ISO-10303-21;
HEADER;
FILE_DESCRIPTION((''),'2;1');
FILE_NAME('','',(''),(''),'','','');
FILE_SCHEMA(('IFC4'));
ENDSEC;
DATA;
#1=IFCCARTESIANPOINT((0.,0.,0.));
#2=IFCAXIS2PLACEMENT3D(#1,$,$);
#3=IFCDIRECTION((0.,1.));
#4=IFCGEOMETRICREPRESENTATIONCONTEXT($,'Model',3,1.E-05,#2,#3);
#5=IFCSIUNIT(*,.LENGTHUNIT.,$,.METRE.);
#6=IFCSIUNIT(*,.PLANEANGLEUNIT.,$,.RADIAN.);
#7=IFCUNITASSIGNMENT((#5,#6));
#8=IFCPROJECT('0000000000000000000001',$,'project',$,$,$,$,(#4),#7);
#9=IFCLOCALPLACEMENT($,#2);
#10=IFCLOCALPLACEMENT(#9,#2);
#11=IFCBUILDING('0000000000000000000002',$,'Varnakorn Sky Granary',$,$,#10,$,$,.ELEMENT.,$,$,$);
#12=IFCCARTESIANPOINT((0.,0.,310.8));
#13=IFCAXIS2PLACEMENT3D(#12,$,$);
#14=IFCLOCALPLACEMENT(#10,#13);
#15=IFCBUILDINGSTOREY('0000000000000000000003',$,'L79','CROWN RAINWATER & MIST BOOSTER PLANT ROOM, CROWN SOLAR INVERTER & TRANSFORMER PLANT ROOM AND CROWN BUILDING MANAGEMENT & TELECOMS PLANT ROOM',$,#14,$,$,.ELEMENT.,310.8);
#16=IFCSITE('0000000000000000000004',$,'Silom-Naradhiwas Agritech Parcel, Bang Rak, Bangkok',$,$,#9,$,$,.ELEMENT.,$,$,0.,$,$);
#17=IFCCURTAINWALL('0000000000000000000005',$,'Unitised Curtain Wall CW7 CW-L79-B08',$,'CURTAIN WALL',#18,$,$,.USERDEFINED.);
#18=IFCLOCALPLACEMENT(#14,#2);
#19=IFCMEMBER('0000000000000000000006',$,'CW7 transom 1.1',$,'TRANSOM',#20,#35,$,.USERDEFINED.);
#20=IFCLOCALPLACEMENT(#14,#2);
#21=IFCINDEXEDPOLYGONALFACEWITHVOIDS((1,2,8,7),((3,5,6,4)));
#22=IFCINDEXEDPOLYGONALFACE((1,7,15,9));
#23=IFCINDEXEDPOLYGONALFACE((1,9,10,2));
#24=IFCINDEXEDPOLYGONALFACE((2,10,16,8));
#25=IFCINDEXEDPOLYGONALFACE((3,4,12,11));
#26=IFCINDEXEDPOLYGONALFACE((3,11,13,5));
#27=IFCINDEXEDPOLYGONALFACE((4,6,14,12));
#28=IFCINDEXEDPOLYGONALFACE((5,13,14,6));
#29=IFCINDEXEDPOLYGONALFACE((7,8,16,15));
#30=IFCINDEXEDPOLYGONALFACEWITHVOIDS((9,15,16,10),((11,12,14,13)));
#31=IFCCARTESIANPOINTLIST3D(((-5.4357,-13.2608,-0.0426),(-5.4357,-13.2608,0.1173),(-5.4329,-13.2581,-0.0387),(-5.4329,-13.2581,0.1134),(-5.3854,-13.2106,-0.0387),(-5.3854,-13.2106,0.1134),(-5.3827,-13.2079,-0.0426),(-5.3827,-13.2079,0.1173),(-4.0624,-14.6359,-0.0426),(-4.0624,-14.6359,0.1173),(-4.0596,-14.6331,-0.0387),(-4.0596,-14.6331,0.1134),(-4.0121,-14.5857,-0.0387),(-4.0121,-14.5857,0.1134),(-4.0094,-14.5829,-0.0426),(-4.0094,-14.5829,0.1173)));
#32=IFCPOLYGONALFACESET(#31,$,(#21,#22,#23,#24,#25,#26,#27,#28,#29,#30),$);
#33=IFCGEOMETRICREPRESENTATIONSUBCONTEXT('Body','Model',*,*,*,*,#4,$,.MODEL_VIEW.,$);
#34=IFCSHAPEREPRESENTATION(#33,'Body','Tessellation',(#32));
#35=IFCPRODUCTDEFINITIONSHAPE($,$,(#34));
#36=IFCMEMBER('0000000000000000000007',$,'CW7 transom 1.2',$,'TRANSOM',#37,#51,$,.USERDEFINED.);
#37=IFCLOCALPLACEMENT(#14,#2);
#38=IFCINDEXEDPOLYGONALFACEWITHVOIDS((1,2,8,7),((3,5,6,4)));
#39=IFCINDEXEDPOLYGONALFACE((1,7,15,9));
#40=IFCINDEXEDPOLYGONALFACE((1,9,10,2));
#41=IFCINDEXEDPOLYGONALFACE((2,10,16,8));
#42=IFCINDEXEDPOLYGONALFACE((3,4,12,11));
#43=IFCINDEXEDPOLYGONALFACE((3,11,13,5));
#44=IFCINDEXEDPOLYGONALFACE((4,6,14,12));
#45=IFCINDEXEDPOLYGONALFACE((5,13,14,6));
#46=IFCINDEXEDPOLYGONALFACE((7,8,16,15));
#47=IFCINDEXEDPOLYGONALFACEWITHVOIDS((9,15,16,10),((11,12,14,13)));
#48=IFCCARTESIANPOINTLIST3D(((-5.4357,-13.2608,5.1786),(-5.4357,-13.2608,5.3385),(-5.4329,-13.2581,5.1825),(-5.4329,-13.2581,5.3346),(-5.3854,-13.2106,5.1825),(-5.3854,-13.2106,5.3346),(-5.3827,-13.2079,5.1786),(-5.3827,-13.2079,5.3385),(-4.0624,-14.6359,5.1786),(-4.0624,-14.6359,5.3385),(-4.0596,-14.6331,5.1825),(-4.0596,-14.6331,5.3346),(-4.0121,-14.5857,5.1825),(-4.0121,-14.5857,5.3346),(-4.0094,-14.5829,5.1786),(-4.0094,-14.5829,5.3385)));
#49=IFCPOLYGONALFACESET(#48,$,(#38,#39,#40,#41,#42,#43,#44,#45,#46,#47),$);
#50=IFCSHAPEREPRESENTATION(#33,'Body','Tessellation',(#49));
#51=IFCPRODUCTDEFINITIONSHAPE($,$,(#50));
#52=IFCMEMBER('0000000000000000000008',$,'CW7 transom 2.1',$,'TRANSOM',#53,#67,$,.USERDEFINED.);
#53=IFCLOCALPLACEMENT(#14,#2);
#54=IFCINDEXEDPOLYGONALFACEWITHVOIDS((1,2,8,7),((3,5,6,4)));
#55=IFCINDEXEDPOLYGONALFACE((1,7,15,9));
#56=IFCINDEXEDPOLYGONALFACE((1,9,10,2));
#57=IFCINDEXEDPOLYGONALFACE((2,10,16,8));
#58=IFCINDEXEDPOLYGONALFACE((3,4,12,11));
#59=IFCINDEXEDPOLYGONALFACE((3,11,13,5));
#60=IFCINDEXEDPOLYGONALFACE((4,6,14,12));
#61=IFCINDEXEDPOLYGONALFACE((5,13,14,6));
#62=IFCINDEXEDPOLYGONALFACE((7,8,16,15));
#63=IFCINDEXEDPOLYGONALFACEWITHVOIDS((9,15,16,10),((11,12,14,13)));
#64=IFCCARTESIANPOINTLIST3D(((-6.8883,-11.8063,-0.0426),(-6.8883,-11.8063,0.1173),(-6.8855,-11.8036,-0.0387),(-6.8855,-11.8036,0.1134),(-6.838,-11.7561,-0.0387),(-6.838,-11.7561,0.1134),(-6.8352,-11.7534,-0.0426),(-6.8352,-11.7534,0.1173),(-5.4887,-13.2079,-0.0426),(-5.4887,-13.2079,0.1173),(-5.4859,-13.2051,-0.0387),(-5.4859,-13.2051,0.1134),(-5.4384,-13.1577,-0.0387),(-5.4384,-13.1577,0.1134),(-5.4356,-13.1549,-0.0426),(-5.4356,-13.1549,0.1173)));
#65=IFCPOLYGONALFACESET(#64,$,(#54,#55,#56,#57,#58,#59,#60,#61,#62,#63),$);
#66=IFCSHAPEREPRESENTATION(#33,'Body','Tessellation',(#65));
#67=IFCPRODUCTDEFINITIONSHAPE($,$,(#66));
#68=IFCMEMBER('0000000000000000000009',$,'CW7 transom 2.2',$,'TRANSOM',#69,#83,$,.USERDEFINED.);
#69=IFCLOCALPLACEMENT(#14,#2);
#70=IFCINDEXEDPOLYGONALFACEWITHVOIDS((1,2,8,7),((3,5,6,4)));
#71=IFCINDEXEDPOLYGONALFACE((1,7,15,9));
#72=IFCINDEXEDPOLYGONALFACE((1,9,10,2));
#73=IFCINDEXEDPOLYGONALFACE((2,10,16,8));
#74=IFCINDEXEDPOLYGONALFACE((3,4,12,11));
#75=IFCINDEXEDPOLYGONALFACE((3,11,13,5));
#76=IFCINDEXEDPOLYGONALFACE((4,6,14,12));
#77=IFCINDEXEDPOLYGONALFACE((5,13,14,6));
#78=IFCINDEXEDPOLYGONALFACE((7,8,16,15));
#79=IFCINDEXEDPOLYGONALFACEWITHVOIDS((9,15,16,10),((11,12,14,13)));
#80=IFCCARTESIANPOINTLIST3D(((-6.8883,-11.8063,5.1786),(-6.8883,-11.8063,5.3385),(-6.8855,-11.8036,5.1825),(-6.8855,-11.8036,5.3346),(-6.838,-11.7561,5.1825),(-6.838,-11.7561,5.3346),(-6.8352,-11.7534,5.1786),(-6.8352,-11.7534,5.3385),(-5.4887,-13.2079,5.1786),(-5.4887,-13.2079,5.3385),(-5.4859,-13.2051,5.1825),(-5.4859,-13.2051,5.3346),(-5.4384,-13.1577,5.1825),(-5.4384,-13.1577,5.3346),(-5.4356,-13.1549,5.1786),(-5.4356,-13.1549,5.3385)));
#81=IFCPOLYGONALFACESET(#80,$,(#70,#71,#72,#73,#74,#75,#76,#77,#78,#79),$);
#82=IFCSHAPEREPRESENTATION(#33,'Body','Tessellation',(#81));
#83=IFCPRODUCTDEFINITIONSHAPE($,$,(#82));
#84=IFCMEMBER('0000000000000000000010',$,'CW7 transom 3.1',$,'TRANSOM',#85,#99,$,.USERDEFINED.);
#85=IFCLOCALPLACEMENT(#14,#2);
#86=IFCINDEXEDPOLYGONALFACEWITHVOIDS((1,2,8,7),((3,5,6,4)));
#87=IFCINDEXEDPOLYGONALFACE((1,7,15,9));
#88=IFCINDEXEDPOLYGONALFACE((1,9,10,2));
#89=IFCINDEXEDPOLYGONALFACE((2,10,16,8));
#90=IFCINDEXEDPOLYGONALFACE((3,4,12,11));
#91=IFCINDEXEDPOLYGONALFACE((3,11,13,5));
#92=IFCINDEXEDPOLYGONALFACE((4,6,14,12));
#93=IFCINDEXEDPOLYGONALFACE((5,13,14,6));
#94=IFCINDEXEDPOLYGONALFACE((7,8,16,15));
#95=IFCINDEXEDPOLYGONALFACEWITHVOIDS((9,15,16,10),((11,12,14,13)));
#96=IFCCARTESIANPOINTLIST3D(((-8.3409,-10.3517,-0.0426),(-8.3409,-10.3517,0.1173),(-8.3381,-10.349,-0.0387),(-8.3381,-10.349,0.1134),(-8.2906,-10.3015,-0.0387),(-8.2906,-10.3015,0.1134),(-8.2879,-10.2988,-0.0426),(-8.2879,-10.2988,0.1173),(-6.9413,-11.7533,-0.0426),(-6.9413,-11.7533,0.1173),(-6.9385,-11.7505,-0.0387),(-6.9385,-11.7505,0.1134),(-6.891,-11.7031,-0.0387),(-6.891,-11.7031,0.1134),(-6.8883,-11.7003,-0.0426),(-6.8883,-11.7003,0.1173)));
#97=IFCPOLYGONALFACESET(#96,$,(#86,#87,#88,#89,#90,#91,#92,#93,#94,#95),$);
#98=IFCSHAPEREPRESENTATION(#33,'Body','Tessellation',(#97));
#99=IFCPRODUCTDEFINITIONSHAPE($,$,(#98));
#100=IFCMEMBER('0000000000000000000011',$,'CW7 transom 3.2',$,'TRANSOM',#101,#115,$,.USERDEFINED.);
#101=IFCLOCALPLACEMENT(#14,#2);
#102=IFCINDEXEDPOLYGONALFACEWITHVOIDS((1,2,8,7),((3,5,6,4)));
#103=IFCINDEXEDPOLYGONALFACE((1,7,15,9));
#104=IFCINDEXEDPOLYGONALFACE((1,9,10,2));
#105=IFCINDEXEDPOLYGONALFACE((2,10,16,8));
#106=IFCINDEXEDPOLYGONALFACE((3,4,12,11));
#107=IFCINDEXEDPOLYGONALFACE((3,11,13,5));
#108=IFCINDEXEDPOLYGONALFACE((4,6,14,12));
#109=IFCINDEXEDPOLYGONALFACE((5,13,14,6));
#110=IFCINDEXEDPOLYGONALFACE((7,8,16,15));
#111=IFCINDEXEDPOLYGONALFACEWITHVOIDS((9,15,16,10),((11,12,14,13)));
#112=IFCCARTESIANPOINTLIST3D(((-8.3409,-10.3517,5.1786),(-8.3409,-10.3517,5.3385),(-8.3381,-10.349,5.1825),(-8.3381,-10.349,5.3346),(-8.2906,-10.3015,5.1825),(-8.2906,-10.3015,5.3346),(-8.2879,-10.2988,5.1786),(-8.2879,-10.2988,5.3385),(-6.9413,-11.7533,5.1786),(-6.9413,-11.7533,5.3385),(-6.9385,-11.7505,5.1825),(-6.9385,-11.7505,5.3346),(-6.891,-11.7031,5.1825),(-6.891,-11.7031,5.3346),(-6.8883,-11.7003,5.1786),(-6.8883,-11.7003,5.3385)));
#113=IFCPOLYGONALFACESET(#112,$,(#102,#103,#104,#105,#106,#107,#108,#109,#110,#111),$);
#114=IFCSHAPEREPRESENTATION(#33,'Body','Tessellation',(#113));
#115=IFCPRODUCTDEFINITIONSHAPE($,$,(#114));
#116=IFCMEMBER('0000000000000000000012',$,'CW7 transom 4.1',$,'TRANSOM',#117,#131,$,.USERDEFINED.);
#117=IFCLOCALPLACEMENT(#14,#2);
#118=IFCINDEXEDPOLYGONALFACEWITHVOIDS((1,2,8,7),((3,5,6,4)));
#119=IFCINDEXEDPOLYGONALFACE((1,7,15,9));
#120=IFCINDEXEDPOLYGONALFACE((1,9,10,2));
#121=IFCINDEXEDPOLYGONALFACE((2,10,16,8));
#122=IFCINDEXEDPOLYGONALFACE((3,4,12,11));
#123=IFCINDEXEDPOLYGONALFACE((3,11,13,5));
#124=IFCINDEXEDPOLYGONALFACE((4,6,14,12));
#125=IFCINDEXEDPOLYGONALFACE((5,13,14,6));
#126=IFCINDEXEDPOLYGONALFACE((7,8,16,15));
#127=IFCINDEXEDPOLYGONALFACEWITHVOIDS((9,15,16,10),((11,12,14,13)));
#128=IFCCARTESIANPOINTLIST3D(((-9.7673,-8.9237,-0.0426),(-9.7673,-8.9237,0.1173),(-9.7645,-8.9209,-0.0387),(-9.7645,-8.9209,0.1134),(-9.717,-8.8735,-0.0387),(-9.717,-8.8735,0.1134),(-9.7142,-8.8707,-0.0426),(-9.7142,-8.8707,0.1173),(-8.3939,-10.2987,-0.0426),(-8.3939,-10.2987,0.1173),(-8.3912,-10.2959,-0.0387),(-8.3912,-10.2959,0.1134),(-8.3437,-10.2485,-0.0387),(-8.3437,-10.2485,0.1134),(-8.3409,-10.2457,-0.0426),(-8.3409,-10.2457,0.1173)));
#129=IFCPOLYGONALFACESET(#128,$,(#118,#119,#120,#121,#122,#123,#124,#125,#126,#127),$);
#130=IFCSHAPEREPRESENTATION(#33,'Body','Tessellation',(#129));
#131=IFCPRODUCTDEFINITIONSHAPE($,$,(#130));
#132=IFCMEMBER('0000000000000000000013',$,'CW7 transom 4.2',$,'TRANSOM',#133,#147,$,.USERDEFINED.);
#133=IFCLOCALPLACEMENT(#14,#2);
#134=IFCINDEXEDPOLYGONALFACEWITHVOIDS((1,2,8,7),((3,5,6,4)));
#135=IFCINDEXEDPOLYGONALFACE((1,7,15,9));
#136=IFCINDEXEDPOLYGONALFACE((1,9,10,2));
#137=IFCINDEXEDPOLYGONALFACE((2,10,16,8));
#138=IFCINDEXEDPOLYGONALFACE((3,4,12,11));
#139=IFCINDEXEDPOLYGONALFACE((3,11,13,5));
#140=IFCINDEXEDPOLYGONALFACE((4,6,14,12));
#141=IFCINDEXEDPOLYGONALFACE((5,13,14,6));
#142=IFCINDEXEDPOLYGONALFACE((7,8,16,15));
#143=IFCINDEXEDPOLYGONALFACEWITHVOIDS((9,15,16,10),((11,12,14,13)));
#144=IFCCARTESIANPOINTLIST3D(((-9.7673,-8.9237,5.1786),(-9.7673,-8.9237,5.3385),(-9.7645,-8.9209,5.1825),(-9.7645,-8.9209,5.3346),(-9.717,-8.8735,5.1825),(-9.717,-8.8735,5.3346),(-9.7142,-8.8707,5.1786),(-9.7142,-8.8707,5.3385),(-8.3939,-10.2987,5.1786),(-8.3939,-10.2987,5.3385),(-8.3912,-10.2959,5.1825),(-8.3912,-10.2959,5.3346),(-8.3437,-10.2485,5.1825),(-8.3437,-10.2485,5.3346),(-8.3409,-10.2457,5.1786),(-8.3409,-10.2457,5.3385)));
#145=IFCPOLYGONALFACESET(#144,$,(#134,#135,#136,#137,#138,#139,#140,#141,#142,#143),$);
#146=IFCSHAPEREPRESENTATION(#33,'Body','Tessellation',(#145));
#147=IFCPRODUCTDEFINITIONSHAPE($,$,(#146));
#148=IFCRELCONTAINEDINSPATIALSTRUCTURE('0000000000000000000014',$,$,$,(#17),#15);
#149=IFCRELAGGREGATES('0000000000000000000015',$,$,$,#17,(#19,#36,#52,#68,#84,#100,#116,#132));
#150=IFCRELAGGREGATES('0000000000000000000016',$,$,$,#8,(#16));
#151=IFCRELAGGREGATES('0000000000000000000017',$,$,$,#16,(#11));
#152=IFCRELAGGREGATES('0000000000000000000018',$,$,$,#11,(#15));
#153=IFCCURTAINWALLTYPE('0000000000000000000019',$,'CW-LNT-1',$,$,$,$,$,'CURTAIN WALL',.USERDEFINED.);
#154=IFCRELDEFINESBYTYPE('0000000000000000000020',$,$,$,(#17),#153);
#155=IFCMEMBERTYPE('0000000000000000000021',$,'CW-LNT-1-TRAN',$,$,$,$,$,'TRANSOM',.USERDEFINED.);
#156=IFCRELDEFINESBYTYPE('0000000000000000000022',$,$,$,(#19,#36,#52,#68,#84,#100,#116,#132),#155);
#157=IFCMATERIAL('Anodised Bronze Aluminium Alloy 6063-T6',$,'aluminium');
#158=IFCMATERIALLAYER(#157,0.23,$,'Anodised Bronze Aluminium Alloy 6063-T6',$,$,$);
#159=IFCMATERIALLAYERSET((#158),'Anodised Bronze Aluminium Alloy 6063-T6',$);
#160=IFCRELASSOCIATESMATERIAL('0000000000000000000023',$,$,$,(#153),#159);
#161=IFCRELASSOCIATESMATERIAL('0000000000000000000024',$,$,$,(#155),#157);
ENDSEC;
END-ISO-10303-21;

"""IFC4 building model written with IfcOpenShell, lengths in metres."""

from ifc_helpers import new_model, si_unit, direction, frame, origin, origin_2d, place, context, subcontext, project, spatial, hollow_rectangle, extrude, material, layer, layer_set, material_profile, profile_set, type_object, element, aggregate, save


model = new_model("IFC4")

# Units and contexts
model_context = context("Model", 3, precision=1e-05, world=origin(), true_north=direction((0.0, 1.0)))
body_context = subcontext(model_context, "Body", "Model", "MODEL_VIEW")
ifc_project = project(units=[si_unit("LENGTHUNIT", "METRE"), si_unit("PLANEANGLEUNIT", "RADIAN")], contexts=[model_context])

# Site, building, storey
site_placement = place(None, origin())
site = spatial("IfcSite", under=ifc_project, at=site_placement, Name="Silom-Naradhiwas Agritech Parcel, Bang Rak, Bangkok", CompositionType="ELEMENT", RefElevation=0.0)
building_placement = place(site_placement, origin())
building = spatial("IfcBuilding", under=site, at=building_placement, Name="Varnakorn Sky Granary", CompositionType="ELEMENT")
storey_placement = place(building_placement, frame((0.0, 0.0, 310.8)))
storey = spatial("IfcBuildingStorey", under=building, at=storey_placement, Name="L79", Description="CROWN RAINWATER & MIST BOOSTER PLANT ROOM, CROWN SOLAR INVERTER & TRANSFORMER PLANT ROOM AND CROWN BUILDING MANAGEMENT & TELECOMS PLANT ROOM", CompositionType="ELEMENT", Elevation=310.8)

# Curtain wall
ifc_material_1 = material(Name="Anodised Bronze Aluminium Alloy 6063-T6", Category="aluminium")
ifc_layer_1 = layer(ifc_material_1, 0.23, Name="Anodised Bronze Aluminium Alloy 6063-T6")
ifc_layer_set_1 = layer_set([ifc_layer_1], Name="Anodised Bronze Aluminium Alloy 6063-T6")
curtain_wall_type = type_object("IfcCurtainWallType", Name="CW-LNT-1", ElementType="CURTAIN WALL", PredefinedType="USERDEFINED", material=ifc_layer_set_1)
curtain_wall_1_placement = place(storey_placement, origin())
curtain_wall_1 = element("IfcCurtainWall", 1, at=curtain_wall_1_placement, inside=storey, type_object=curtain_wall_type, Name="Unitised Curtain Wall CW7 CW-L79-B08", ObjectType="CURTAIN WALL", PredefinedType="USERDEFINED")

# Members
ifc_material_profile_1 = material_profile(ifc_material_1, hollow_rectangle(XDim=0.075, YDim=0.1599, WallThickness=0.0039, at=origin_2d()), Name="ALU TRAN 75x160")
ifc_profile_set_1 = profile_set([ifc_material_profile_1], Name="Anodised Bronze Aluminium Alloy 6063-T6")
member_type_1 = type_object("IfcMemberType", Name="CW-LNT-1-TRAN", ElementType="TRANSOM", PredefinedType="USERDEFINED", material=ifc_profile_set_1)
member_1_placement = place(storey_placement, frame((-4.0359, -14.6094, 0.0374), z_axis=(-0.706667, 0.707546, 0.0), x_axis=(-0.707546, -0.706667, 0.0)))
member_1 = element("IfcMember", 2, at=member_1_placement, type_object=member_type_1, Name="CW7 transom 1.1", ObjectType="TRANSOM", PredefinedType="USERDEFINED", context=body_context, shape_type="SweptSolid", body=[
    extrude(hollow_rectangle(XDim=0.075, YDim=0.1599, WallThickness=0.0039, at=origin_2d()), origin(), (0.0, 0.0, 1.0), 1.9434),
])
member_2_placement = place(storey_placement, frame((-4.0359, -14.6094, 5.2585), z_axis=(-0.706667, 0.707546, 0.0), x_axis=(-0.707546, -0.706667, 0.0)))
member_2 = element("IfcMember", 3, at=member_2_placement, type_object=member_type_1, Name="CW7 transom 1.2", ObjectType="TRANSOM", PredefinedType="USERDEFINED", context=body_context, shape_type="SweptSolid", body=[
    extrude(hollow_rectangle(XDim=0.075, YDim=0.1599, WallThickness=0.0039, at=origin_2d()), origin(), (0.0, 0.0, 1.0), 1.9434),
])
member_3_placement = place(storey_placement, frame((-5.4622, -13.1814, 0.0374), z_axis=(-0.706614, 0.7076, 0.0), x_axis=(-0.7076, -0.706614, 0.0)))
member_3 = element("IfcMember", 4, at=member_3_placement, type_object=member_type_1, Name="CW7 transom 2.1", ObjectType="TRANSOM", PredefinedType="USERDEFINED", context=body_context, shape_type="SweptSolid", body=[
    extrude(hollow_rectangle(XDim=0.075, YDim=0.1599, WallThickness=0.0039, at=origin_2d()), origin(), (0.0, 0.0, 1.0), 1.9807),
])
member_4_placement = place(storey_placement, frame((-5.4622, -13.1814, 5.2585), z_axis=(-0.706614, 0.7076, 0.0), x_axis=(-0.7076, -0.706614, 0.0)))
member_4 = element("IfcMember", 5, at=member_4_placement, type_object=member_type_1, Name="CW7 transom 2.2", ObjectType="TRANSOM", PredefinedType="USERDEFINED", context=body_context, shape_type="SweptSolid", body=[
    extrude(hollow_rectangle(XDim=0.075, YDim=0.1599, WallThickness=0.0039, at=origin_2d()), origin(), (0.0, 0.0, 1.0), 1.9807),
])
member_5_placement = place(storey_placement, frame((-6.9148, -11.7268, 0.0374), z_axis=(-0.706614, 0.7076, 0.0), x_axis=(-0.7076, -0.706614, 0.0)))
member_5 = element("IfcMember", 6, at=member_5_placement, type_object=member_type_1, Name="CW7 transom 3.1", ObjectType="TRANSOM", PredefinedType="USERDEFINED", context=body_context, shape_type="SweptSolid", body=[
    extrude(hollow_rectangle(XDim=0.075, YDim=0.1599, WallThickness=0.0039, at=origin_2d()), origin(), (0.0, 0.0, 1.0), 1.9807),
])
member_6_placement = place(storey_placement, frame((-6.9148, -11.7268, 5.2585), z_axis=(-0.706614, 0.7076, 0.0), x_axis=(-0.7076, -0.706614, 0.0)))
member_6 = element("IfcMember", 7, at=member_6_placement, type_object=member_type_1, Name="CW7 transom 3.2", ObjectType="TRANSOM", PredefinedType="USERDEFINED", context=body_context, shape_type="SweptSolid", body=[
    extrude(hollow_rectangle(XDim=0.075, YDim=0.1599, WallThickness=0.0039, at=origin_2d()), origin(), (0.0, 0.0, 1.0), 1.9807),
])
member_7_placement = place(storey_placement, frame((-8.3674, -10.2722, 0.0374), z_axis=(-0.706667, 0.707546, 0.0), x_axis=(-0.707546, -0.706667, 0.0)))
member_7 = element("IfcMember", 8, at=member_7_placement, type_object=member_type_1, Name="CW7 transom 4.1", ObjectType="TRANSOM", PredefinedType="USERDEFINED", context=body_context, shape_type="SweptSolid", body=[
    extrude(hollow_rectangle(XDim=0.075, YDim=0.1599, WallThickness=0.0039, at=origin_2d()), origin(), (0.0, 0.0, 1.0), 1.9434),
])
member_8_placement = place(storey_placement, frame((-8.3674, -10.2722, 5.2585), z_axis=(-0.706667, 0.707546, 0.0), x_axis=(-0.707546, -0.706667, 0.0)))
member_8 = element("IfcMember", 9, at=member_8_placement, type_object=member_type_1, Name="CW7 transom 4.2", ObjectType="TRANSOM", PredefinedType="USERDEFINED", context=body_context, shape_type="SweptSolid", body=[
    extrude(hollow_rectangle(XDim=0.075, YDim=0.1599, WallThickness=0.0039, at=origin_2d()), origin(), (0.0, 0.0, 1.0), 1.9434),
])

aggregate(curtain_wall_1, [member_1, member_2, member_3, member_4, member_5, member_6, member_7, member_8])

save(model, "model.ifc")
